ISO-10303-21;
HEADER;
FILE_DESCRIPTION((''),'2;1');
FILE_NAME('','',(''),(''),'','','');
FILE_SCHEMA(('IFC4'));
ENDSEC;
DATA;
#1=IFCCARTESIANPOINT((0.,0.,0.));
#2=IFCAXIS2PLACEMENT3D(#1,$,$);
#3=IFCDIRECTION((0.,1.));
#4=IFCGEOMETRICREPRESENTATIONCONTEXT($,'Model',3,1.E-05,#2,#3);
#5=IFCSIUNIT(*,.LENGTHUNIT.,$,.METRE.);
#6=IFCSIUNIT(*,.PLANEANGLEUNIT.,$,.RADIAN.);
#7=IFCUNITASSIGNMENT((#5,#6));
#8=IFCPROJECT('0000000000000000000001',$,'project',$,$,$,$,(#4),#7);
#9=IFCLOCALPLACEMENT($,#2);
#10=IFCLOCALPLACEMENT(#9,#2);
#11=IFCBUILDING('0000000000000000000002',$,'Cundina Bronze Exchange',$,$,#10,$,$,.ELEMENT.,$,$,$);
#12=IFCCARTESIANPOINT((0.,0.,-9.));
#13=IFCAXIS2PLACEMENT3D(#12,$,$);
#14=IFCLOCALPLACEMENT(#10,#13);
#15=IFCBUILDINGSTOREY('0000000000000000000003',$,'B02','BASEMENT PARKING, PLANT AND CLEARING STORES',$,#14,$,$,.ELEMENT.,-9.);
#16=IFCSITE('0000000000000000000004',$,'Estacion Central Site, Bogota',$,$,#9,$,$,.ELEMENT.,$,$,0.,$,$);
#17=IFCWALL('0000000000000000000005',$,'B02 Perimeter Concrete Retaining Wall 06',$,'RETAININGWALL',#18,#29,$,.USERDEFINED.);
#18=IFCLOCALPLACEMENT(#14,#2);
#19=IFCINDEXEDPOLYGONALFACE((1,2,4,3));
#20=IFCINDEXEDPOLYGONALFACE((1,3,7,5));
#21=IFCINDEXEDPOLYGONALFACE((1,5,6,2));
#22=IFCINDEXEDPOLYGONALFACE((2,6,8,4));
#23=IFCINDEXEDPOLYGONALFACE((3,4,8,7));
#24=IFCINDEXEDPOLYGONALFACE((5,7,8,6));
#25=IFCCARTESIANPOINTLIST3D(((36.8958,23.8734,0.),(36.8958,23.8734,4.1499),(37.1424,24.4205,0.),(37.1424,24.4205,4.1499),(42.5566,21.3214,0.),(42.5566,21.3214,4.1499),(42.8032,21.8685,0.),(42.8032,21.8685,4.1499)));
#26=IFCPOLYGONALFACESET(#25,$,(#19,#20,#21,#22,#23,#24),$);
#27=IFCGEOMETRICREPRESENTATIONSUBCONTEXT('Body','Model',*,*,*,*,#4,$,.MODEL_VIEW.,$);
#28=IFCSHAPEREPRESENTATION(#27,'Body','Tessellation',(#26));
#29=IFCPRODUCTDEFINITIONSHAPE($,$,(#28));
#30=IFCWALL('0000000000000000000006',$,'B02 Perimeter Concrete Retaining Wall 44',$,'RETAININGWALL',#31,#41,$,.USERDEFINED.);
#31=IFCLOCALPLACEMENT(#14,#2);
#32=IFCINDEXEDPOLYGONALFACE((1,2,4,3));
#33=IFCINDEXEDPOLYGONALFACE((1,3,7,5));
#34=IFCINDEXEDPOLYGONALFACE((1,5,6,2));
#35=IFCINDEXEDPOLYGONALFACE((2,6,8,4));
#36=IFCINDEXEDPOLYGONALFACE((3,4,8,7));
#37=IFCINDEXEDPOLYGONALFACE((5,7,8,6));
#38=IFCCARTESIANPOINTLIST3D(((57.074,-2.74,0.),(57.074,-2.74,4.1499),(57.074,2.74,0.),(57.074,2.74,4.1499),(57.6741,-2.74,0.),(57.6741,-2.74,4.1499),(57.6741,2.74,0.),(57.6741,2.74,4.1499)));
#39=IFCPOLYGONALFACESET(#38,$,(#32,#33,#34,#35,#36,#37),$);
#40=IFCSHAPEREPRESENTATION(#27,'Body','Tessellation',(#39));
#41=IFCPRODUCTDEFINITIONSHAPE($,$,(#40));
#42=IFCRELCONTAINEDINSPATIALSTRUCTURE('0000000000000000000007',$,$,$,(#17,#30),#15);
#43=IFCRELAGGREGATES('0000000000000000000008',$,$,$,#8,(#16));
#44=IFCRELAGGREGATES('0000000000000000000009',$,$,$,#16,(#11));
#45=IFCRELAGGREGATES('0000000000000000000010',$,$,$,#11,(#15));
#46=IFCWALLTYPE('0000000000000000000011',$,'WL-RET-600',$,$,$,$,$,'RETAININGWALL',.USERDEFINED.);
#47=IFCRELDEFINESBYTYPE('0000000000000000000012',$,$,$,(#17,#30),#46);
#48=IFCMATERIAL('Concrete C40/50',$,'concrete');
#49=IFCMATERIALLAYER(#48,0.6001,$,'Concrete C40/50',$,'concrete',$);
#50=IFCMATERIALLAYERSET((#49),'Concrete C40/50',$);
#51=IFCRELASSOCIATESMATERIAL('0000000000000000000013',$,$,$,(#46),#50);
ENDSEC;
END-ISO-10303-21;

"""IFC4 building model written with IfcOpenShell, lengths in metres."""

from ifc_helpers import new_model, si_unit, direction, frame, frame_2d, origin, place, context, subcontext, project, spatial, rectangle, extrude, material, layer, layer_set, type_object, element, save


model = new_model("IFC4")

# Units and contexts
model_context = context("Model", 3, precision=1e-05, world=origin(), true_north=direction((0.0, 1.0)))
body_context = subcontext(model_context, "Body", "Model", "MODEL_VIEW")
ifc_project = project(units=[si_unit("LENGTHUNIT", "METRE"), si_unit("PLANEANGLEUNIT", "RADIAN")], contexts=[model_context])

# Site, building, storey
site_placement = place(None, origin())
site = spatial("IfcSite", under=ifc_project, at=site_placement, Name="Estacion Central Site, Bogota", CompositionType="ELEMENT", RefElevation=0.0)
building_placement = place(site_placement, origin())
building = spatial("IfcBuilding", under=site, at=building_placement, Name="Cundina Bronze Exchange", CompositionType="ELEMENT")
storey_placement = place(building_placement, frame((0.0, 0.0, -9.0)))
storey = spatial("IfcBuildingStorey", under=building, at=storey_placement, Name="B02", Description="BASEMENT PARKING, PLANT AND CLEARING STORES", CompositionType="ELEMENT", Elevation=-9.0)

# Shared definitions
ifc_material_1 = material(Name="Concrete C40/50", Category="concrete")

# Walls
ifc_layer_1 = layer(ifc_material_1, 0.6001, Name="Concrete C40/50", Category="concrete")
ifc_layer_set_1 = layer_set([ifc_layer_1], Name="Concrete C40/50")
wall_type_1 = type_object("IfcWallType", Name="WL-RET-600", ElementType="RETAININGWALL", PredefinedType="USERDEFINED", material=ifc_layer_set_1)
wall_1_placement = place(storey_placement, frame((42.6799, 21.595, 0.0), z_axis=(0.0, 0.0, 1.0), x_axis=(-0.911644, 0.410981, 0.0)))
element("IfcWall", 1, at=wall_1_placement, inside=storey, type_object=wall_type_1, Name="B02 Perimeter Concrete Retaining Wall 06", ObjectType="RETAININGWALL", PredefinedType="USERDEFINED", context=body_context, shape_type="SweptSolid", body=[
    extrude(rectangle(XDim=6.2095, YDim=0.6001, at=frame_2d((3.1047, 0.0))), origin(), (0.0, 0.0, 1.0), 4.1499),
])
wall_2_placement = place(storey_placement, frame((57.374, -2.74, 0.0), z_axis=(0.0, 0.0, 1.0), x_axis=(0.0, 1.0, 0.0)))
element("IfcWall", 2, at=wall_2_placement, inside=storey, type_object=wall_type_1, Name="B02 Perimeter Concrete Retaining Wall 44", ObjectType="RETAININGWALL", PredefinedType="USERDEFINED", context=body_context, shape_type="SweptSolid", body=[
    extrude(rectangle(XDim=5.48, YDim=0.6001, at=frame_2d((2.74, 0.0))), origin(), (0.0, 0.0, 1.0), 4.1499),
])

save(model, "model.ifc")
